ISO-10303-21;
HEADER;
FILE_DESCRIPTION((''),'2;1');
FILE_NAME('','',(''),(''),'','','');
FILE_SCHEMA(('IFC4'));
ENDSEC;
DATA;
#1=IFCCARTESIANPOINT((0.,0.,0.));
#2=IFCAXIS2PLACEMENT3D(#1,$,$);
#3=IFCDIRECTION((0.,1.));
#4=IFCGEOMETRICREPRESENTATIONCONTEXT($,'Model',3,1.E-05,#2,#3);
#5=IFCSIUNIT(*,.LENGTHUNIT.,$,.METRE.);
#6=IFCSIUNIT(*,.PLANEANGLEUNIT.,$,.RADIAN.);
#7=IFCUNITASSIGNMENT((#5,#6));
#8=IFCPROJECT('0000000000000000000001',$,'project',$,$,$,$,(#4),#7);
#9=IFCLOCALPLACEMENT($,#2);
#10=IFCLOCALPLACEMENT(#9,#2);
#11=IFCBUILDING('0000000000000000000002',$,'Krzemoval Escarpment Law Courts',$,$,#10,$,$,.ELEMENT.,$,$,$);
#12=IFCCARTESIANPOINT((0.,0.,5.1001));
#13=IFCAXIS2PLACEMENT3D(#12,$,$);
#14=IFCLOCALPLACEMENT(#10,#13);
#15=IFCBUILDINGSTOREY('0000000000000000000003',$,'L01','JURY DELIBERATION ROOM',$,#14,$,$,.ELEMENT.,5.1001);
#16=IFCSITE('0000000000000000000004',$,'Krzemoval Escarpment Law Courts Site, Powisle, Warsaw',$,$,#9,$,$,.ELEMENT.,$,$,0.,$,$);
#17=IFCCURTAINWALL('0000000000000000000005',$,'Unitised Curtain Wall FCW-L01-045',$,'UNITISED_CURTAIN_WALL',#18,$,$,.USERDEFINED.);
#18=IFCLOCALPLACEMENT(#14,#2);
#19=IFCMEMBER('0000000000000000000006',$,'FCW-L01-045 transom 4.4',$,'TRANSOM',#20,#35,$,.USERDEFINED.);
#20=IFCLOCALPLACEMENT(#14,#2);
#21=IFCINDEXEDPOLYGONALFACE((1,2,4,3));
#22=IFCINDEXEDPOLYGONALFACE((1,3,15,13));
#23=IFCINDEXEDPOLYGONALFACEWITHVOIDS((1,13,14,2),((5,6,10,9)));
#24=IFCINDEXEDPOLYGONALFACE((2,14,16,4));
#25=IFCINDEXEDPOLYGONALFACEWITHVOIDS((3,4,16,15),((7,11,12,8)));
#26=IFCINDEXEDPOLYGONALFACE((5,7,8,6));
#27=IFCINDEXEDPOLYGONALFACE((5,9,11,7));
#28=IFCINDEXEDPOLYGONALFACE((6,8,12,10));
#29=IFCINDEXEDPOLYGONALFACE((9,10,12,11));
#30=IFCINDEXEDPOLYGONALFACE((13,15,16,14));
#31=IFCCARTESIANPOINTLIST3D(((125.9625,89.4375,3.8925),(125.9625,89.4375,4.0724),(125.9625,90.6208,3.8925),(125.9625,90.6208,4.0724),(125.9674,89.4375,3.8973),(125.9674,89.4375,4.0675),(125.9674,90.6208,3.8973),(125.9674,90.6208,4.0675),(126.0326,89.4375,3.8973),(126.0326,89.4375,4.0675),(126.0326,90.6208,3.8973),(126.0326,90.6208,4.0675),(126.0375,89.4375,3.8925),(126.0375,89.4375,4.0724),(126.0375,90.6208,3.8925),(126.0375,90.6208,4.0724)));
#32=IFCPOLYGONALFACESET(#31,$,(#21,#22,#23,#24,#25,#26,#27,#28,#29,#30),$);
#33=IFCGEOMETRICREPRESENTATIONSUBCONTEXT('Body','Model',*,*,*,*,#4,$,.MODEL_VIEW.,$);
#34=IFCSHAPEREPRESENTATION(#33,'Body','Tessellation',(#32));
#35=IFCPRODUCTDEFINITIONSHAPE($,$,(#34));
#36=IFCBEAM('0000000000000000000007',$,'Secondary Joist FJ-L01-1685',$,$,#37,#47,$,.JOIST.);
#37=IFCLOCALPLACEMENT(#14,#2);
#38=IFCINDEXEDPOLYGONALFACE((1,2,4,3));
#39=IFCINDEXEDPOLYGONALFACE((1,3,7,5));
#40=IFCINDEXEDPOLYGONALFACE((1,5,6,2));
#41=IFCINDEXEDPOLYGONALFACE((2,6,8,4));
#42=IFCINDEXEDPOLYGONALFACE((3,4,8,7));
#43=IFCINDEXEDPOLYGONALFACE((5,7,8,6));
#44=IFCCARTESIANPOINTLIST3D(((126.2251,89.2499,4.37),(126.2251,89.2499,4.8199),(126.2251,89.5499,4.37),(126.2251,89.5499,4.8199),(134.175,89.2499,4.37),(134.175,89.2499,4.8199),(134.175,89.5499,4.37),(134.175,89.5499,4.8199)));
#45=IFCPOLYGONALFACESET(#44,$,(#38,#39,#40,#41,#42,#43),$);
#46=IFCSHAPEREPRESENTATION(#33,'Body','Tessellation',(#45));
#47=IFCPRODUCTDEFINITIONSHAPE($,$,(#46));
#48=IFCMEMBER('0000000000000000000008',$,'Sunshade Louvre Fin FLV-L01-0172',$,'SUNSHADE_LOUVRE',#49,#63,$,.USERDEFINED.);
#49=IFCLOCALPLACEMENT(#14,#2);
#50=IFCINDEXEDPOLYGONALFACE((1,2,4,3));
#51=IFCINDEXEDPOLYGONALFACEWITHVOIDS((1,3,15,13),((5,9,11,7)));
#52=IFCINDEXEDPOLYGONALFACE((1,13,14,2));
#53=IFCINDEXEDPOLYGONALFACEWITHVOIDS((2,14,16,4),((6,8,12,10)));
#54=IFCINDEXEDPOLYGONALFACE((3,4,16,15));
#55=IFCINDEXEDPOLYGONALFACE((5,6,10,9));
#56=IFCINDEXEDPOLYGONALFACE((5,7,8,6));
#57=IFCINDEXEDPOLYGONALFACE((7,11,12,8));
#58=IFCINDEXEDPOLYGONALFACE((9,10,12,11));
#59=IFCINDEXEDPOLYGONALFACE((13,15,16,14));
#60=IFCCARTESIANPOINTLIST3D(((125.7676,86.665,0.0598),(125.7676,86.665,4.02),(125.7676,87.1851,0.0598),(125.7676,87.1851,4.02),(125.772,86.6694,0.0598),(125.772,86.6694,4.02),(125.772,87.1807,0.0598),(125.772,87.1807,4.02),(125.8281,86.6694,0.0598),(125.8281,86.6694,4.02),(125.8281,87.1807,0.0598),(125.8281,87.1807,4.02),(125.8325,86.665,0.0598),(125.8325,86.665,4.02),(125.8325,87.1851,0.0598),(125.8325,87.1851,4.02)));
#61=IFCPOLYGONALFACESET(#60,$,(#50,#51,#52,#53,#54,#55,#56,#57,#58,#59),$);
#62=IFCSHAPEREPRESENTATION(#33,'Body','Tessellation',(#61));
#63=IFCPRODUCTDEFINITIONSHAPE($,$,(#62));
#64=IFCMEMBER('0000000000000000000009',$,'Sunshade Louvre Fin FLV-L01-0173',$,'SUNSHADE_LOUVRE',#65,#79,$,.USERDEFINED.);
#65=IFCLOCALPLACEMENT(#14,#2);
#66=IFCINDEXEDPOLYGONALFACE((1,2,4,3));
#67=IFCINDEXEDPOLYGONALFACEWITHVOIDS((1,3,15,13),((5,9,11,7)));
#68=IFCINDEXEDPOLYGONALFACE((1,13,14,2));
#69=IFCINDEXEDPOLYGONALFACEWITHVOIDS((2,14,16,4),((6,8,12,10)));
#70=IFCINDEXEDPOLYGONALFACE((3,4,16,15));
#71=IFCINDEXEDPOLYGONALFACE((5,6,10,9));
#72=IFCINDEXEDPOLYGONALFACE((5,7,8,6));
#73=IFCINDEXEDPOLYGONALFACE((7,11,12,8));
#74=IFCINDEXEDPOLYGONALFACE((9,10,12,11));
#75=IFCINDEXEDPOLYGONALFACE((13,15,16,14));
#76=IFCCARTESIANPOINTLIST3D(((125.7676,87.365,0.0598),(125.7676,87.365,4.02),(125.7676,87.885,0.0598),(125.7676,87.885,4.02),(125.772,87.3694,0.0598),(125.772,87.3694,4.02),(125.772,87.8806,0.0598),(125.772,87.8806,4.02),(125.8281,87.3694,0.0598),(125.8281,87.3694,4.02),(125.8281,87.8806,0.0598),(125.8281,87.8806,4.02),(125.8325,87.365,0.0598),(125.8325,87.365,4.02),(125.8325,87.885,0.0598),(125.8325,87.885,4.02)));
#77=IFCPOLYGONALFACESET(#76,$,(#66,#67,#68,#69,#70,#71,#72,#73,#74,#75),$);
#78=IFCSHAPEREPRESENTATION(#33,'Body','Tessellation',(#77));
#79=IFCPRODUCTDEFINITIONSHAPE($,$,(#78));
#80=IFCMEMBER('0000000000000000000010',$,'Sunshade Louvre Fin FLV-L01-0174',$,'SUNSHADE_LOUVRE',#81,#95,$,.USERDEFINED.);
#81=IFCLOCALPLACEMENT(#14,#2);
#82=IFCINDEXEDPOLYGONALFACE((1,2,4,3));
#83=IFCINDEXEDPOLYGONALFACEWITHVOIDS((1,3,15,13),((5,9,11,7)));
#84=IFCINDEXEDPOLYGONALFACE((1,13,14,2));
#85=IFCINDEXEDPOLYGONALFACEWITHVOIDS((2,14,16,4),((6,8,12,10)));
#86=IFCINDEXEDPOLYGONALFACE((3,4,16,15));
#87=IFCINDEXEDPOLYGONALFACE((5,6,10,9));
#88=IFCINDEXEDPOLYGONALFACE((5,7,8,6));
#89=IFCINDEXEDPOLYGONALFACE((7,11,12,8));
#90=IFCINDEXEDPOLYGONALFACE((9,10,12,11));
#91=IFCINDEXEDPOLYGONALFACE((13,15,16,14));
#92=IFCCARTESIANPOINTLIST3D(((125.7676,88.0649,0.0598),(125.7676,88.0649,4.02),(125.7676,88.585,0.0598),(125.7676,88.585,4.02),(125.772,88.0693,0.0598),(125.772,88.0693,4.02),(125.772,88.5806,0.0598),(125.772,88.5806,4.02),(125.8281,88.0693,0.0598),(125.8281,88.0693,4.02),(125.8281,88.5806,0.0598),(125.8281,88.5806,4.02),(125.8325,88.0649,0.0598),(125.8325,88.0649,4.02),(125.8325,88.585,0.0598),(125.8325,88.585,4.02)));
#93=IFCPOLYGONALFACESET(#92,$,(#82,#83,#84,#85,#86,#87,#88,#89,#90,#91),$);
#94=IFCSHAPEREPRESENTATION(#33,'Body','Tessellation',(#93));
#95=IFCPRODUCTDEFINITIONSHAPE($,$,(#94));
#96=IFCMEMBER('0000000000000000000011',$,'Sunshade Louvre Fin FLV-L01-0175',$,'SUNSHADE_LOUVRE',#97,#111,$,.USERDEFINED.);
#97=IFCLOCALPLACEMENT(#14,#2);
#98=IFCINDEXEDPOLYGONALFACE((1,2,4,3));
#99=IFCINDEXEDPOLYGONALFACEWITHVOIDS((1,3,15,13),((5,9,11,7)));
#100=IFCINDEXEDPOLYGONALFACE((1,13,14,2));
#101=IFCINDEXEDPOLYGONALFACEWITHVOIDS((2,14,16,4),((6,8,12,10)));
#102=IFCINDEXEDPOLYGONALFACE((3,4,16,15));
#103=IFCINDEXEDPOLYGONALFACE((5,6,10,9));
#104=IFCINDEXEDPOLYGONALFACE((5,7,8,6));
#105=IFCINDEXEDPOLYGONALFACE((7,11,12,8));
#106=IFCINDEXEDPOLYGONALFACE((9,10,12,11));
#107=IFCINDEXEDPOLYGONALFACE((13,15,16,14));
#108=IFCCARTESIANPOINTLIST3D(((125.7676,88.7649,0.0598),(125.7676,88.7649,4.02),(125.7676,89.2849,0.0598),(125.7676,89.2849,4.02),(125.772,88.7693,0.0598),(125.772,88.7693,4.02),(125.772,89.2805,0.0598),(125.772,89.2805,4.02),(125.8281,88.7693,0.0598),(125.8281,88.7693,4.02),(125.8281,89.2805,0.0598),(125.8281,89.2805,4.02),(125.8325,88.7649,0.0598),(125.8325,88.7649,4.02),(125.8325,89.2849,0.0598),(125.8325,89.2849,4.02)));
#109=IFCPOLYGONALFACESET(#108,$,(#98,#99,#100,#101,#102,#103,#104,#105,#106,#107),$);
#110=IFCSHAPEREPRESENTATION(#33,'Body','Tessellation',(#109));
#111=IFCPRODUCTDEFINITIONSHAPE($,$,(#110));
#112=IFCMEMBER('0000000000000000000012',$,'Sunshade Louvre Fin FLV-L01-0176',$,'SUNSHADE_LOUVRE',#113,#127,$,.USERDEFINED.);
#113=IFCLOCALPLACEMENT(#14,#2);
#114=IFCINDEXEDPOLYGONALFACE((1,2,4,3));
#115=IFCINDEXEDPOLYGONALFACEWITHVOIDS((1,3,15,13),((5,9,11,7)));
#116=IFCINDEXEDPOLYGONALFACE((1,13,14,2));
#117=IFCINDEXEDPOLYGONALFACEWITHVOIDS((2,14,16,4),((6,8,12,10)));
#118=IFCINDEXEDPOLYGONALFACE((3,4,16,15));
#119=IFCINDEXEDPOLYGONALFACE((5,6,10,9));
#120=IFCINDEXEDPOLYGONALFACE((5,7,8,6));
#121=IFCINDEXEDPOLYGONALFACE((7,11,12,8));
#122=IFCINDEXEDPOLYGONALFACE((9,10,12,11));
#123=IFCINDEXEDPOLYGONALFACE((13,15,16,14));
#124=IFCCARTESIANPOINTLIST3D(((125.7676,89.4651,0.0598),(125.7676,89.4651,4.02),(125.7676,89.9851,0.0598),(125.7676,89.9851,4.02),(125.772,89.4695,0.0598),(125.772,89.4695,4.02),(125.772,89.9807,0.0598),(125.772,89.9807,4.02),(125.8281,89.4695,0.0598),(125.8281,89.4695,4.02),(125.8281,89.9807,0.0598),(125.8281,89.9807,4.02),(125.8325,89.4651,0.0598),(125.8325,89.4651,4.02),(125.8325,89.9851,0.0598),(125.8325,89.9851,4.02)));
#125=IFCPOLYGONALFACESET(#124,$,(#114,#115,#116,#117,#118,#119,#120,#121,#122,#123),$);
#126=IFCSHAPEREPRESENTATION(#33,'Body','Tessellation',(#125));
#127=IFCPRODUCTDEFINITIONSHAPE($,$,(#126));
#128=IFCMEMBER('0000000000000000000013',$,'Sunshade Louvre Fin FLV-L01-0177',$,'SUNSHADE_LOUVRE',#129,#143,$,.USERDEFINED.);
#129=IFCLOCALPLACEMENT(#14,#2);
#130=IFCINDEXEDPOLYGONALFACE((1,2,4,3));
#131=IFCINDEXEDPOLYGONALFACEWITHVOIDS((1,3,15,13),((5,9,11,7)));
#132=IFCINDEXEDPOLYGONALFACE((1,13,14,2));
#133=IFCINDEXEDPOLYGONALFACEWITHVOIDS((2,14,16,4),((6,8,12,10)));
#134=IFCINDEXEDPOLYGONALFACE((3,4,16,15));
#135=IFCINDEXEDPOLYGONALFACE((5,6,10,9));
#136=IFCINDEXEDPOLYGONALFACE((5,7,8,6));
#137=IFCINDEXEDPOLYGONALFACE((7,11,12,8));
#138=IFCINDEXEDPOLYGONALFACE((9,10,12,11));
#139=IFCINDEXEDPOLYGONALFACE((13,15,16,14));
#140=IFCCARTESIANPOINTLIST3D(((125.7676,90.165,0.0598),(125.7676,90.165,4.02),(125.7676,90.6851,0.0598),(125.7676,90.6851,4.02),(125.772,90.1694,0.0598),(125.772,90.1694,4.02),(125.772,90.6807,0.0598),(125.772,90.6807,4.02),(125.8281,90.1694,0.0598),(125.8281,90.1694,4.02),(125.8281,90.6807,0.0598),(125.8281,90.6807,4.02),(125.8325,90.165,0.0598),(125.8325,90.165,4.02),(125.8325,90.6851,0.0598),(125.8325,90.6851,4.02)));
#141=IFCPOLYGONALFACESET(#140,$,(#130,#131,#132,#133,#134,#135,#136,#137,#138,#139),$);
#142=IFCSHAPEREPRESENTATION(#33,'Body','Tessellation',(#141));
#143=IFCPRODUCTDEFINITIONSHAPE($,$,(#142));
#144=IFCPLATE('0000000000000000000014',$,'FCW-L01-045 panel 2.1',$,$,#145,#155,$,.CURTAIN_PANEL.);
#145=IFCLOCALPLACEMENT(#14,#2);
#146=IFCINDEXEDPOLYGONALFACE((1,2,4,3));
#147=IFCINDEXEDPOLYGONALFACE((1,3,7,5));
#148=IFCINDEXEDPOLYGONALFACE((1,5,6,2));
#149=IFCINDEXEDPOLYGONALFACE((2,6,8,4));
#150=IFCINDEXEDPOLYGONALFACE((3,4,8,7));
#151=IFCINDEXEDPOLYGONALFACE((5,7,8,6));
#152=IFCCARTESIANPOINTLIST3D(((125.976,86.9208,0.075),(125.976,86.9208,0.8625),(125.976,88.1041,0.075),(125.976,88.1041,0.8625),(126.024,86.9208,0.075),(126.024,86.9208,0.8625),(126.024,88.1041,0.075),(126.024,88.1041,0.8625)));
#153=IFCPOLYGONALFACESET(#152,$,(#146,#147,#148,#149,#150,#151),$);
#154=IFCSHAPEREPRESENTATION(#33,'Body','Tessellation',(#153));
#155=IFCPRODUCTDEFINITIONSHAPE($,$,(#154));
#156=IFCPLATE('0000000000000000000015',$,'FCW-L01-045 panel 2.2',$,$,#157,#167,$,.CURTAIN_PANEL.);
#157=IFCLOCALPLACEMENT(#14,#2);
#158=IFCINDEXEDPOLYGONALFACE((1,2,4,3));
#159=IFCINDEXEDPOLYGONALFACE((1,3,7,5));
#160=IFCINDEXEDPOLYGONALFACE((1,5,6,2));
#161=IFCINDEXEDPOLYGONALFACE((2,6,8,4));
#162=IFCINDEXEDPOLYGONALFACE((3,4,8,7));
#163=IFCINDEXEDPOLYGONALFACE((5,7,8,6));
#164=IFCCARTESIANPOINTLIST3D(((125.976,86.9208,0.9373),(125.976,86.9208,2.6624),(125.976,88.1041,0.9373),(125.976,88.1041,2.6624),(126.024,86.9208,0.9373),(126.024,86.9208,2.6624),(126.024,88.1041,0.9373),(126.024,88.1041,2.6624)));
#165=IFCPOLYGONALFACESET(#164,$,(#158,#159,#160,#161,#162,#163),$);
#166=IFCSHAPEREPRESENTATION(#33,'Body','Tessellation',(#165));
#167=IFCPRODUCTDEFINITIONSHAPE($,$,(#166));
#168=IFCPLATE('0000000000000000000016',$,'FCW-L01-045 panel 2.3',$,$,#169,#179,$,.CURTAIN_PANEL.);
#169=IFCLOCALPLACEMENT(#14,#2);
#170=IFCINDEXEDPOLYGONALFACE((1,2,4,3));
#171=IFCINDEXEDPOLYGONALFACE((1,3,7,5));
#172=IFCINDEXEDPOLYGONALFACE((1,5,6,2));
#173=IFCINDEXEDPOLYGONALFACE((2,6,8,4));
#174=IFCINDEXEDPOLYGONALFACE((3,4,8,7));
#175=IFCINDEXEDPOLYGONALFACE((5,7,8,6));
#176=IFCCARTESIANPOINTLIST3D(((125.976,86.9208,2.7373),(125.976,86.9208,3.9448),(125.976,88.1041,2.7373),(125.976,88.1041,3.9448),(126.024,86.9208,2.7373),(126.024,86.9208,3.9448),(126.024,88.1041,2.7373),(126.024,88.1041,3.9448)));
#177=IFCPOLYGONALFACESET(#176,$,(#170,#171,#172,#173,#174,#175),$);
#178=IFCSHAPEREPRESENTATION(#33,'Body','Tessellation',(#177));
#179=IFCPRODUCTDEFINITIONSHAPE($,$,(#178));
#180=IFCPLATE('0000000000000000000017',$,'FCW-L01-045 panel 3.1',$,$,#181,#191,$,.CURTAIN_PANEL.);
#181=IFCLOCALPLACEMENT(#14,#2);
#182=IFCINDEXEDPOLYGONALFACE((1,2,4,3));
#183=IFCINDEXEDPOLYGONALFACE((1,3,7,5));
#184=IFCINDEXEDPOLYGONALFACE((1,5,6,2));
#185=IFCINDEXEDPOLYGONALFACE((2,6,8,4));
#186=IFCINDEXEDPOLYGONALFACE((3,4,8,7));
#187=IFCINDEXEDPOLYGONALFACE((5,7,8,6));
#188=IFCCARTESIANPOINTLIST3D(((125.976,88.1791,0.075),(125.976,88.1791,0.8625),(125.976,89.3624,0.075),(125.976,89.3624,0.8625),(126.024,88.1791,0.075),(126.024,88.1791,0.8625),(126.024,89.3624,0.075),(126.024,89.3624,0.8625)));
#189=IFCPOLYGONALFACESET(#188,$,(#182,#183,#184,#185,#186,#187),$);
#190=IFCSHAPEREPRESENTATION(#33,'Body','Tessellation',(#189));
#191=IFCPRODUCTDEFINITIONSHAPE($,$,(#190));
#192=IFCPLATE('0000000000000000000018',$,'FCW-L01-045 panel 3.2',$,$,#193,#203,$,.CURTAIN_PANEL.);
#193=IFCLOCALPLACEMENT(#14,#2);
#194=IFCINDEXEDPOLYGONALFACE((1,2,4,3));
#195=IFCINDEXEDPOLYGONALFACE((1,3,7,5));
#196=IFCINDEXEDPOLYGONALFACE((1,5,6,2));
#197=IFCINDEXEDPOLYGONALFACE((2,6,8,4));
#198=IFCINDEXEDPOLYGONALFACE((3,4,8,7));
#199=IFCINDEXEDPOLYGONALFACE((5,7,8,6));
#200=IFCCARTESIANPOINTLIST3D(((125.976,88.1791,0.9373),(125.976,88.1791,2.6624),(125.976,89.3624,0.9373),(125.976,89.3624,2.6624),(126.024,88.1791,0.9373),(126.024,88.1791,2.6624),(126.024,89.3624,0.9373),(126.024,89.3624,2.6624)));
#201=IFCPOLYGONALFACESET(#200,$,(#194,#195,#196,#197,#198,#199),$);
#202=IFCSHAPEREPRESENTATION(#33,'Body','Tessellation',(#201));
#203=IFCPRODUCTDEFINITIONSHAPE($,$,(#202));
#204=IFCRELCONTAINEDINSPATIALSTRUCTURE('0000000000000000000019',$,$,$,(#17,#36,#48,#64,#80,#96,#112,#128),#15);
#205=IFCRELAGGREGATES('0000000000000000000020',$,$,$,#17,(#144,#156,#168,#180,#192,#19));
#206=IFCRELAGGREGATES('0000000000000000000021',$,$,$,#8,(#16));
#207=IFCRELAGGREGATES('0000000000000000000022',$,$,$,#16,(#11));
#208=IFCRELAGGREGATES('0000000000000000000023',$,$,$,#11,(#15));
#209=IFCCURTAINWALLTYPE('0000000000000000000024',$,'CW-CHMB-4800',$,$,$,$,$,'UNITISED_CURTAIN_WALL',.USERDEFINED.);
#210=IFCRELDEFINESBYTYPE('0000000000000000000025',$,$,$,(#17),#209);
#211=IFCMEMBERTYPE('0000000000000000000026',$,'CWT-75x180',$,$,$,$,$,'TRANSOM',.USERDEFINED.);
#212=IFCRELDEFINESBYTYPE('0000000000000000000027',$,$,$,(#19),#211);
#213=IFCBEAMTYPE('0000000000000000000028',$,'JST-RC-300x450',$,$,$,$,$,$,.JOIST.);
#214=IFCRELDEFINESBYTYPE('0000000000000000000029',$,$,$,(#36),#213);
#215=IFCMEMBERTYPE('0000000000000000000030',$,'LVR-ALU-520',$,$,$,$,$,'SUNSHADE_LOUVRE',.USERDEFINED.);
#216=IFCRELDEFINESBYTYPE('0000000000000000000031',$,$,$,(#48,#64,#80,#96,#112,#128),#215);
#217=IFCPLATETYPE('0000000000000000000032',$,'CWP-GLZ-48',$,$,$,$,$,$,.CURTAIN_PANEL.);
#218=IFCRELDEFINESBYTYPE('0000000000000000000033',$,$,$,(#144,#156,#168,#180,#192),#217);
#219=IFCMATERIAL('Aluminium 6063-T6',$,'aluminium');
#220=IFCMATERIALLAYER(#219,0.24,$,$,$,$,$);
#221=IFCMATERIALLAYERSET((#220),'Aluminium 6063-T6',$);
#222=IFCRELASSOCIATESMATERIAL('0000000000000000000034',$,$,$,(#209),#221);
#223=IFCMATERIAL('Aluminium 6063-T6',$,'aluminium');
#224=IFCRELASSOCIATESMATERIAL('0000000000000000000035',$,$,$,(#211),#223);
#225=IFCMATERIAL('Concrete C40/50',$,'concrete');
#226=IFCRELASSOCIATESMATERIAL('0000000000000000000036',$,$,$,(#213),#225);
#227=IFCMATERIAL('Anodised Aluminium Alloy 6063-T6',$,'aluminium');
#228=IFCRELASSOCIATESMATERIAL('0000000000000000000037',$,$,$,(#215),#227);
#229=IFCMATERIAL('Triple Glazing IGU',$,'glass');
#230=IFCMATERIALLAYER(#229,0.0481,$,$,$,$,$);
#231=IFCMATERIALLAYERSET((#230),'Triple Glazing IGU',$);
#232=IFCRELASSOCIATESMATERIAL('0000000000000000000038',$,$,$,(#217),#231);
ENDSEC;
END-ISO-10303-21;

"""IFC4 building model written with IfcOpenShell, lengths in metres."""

from ifc_helpers import new_model, si_unit, direction, frame, origin, origin_2d, place, context, subcontext, project, spatial, rectangle, hollow_rectangle, extrude, material, layer, layer_set, material_profile, profile_set, type_object, element, aggregate, save


model = new_model("IFC4")

# Units and contexts
model_context = context("Model", 3, precision=1e-05, world=origin(), true_north=direction((0.0, 1.0)))
body_context = subcontext(model_context, "Body", "Model", "MODEL_VIEW")
ifc_project = project(units=[si_unit("LENGTHUNIT", "METRE"), si_unit("PLANEANGLEUNIT", "RADIAN")], contexts=[model_context])

# Site, building, storey
site_placement = place(None, origin())
site = spatial("IfcSite", under=ifc_project, at=site_placement, Name="Krzemoval Escarpment Law Courts Site, Powisle, Warsaw", CompositionType="ELEMENT", RefElevation=0.0)
building_placement = place(site_placement, origin())
building = spatial("IfcBuilding", under=site, at=building_placement, Name="Krzemoval Escarpment Law Courts", CompositionType="ELEMENT")
storey_placement = place(building_placement, frame((0.0, 0.0, 5.1001)))
storey = spatial("IfcBuildingStorey", under=building, at=storey_placement, Name="L01", Description="JURY DELIBERATION ROOM", CompositionType="ELEMENT", Elevation=5.1001)

# Curtain wall, member
ifc_material_1 = material(Name="Aluminium 6063-T6", Category="aluminium")
ifc_layer_1 = layer(ifc_material_1, 0.24)
ifc_layer_set_1 = layer_set([ifc_layer_1], Name="Aluminium 6063-T6")
curtain_wall_type = type_object("IfcCurtainWallType", Name="CW-CHMB-4800", ElementType="UNITISED_CURTAIN_WALL", PredefinedType="USERDEFINED", material=ifc_layer_set_1)
curtain_wall_placement = place(storey_placement, origin())
curtain_wall = element("IfcCurtainWall", 1, at=curtain_wall_placement, inside=storey, type_object=curtain_wall_type, Name="Unitised Curtain Wall FCW-L01-045", ObjectType="UNITISED_CURTAIN_WALL", PredefinedType="USERDEFINED")
ifc_material_2 = material(Name="Aluminium 6063-T6", Category="aluminium")
ifc_material_profile_1 = material_profile(ifc_material_2, hollow_rectangle(XDim=0.075, YDim=0.1799, WallThickness=0.0049, at=origin_2d()), Name="ALU T75x180")
ifc_profile_set_1 = profile_set([ifc_material_profile_1], Name="Aluminium 6063-T6")
member_type_1 = type_object("IfcMemberType", Name="CWT-75x180", ElementType="TRANSOM", PredefinedType="USERDEFINED", material=ifc_profile_set_1)
member_1_placement = place(storey_placement, frame((126.0, 89.4375, 3.9824), z_axis=(0.0, 1.0, 0.0), x_axis=(-1.0, 0.0, 0.0)))
member_1 = element("IfcMember", 2, at=member_1_placement, type_object=member_type_1, Name="FCW-L01-045 transom 4.4", ObjectType="TRANSOM", PredefinedType="USERDEFINED", context=body_context, shape_type="SweptSolid", body=[
    extrude(hollow_rectangle(XDim=0.075, YDim=0.1799, WallThickness=0.0049, at=origin_2d()), origin(), (0.0, 0.0, 1.0), 1.1833),
])

# Beam
ifc_material_3 = material(Name="Concrete C40/50", Category="concrete")
ifc_material_profile_2 = material_profile(ifc_material_3, rectangle(XDim=0.3, YDim=0.45, at=origin_2d()), Name="RCB 300x450")
ifc_profile_set_2 = profile_set([ifc_material_profile_2], Name="Concrete C40/50")
beam_type = type_object("IfcBeamType", Name="JST-RC-300x450", PredefinedType="JOIST", material=ifc_profile_set_2)
beam_placement = place(storey_placement, frame((126.2251, 89.3999, 4.595), z_axis=(1.0, 0.0, 0.0), x_axis=(0.0, 1.0, 0.0)))
element("IfcBeam", 3, at=beam_placement, inside=storey, type_object=beam_type, Name="Secondary Joist FJ-L01-1685", PredefinedType="JOIST", context=body_context, shape_type="SweptSolid", body=[
    extrude(rectangle(XDim=0.3, YDim=0.45, at=origin_2d()), origin(), (0.0, 0.0, 1.0), 7.95),
])

# Members
ifc_material_4 = material(Name="Anodised Aluminium Alloy 6063-T6", Category="aluminium")
ifc_material_profile_3 = material_profile(ifc_material_4, hollow_rectangle(XDim=0.0649, YDim=0.52, WallThickness=0.0044, at=origin_2d()), Name="ALU LVR 65x520")
ifc_profile_set_3 = profile_set([ifc_material_profile_3], Name="Anodised Aluminium Alloy 6063-T6")
member_type_2 = type_object("IfcMemberType", Name="LVR-ALU-520", ElementType="SUNSHADE_LOUVRE", PredefinedType="USERDEFINED", material=ifc_profile_set_3)
for number, where, z_axis, x_axis, name in (
    (4, (125.8, 86.925, 0.0598), (0.0, 0.0, 1.0), (1.0, 0.0, 0.0), "Sunshade Louvre Fin FLV-L01-0172"),
    (5, (125.8, 87.625, 0.0598), (0.0, 0.0, 1.0), (1.0, 0.0, 0.0), "Sunshade Louvre Fin FLV-L01-0173"),
    (6, (125.8, 88.325, 0.0598), (0.0, 0.0, 1.0), (1.0, 0.0, 0.0), "Sunshade Louvre Fin FLV-L01-0174"),
    (7, (125.8, 89.0249, 0.0598), (0.0, 0.0, 1.0), (1.0, 0.0, 0.0), "Sunshade Louvre Fin FLV-L01-0175"),
    (8, (125.8, 89.7251, 0.0598), (0.0, 0.0, 1.0), (1.0, 0.0, 0.0), "Sunshade Louvre Fin FLV-L01-0176"),
    (9, (125.8, 90.425, 0.0598), (0.0, 0.0, 1.0), (1.0, 0.0, 0.0), "Sunshade Louvre Fin FLV-L01-0177"),
):
    element("IfcMember", number, at=place(storey_placement, frame(where, z_axis=z_axis, x_axis=x_axis)), inside=storey, type_object=member_type_2, Name=name, ObjectType="SUNSHADE_LOUVRE", PredefinedType="USERDEFINED", context=body_context, shape_type="SweptSolid", body=[
        extrude(hollow_rectangle(XDim=0.0649, YDim=0.52, WallThickness=0.0044, at=origin_2d()), origin(), (0.0, 0.0, 1.0), 3.9602),
    ])

# Plates
ifc_material_5 = material(Name="Triple Glazing IGU", Category="glass")
ifc_layer_2 = layer(ifc_material_5, 0.0481)
ifc_layer_set_2 = layer_set([ifc_layer_2], Name="Triple Glazing IGU")
plate_type = type_object("IfcPlateType", Name="CWP-GLZ-48", PredefinedType="CURTAIN_PANEL", material=ifc_layer_set_2)
plate_1_placement = place(storey_placement, frame((126.0, 87.5125, 0.075), z_axis=(0.0, 0.0, 1.0), x_axis=(0.0, 1.0, 0.0)))
plate_1 = element("IfcPlate", 10, at=plate_1_placement, type_object=plate_type, Name="FCW-L01-045 panel 2.1", PredefinedType="CURTAIN_PANEL", context=body_context, shape_type="SweptSolid", body=[
    extrude(rectangle(XDim=1.1833, YDim=0.0481, at=origin_2d()), origin(), (0.0, 0.0, 1.0), 0.7876),
])
plate_2_placement = place(storey_placement, frame((126.0, 87.5125, 0.9373), z_axis=(0.0, 0.0, 1.0), x_axis=(0.0, 1.0, 0.0)))
plate_2 = element("IfcPlate", 11, at=plate_2_placement, type_object=plate_type, Name="FCW-L01-045 panel 2.2", PredefinedType="CURTAIN_PANEL", context=body_context, shape_type="SweptSolid", body=[
    extrude(rectangle(XDim=1.1833, YDim=0.0481, at=origin_2d()), origin(), (0.0, 0.0, 1.0), 1.7251),
])
plate_3_placement = place(storey_placement, frame((126.0, 87.5125, 2.7373), z_axis=(0.0, 0.0, 1.0), x_axis=(0.0, 1.0, 0.0)))
plate_3 = element("IfcPlate", 12, at=plate_3_placement, type_object=plate_type, Name="FCW-L01-045 panel 2.3", PredefinedType="CURTAIN_PANEL", context=body_context, shape_type="SweptSolid", body=[
    extrude(rectangle(XDim=1.1833, YDim=0.0481, at=origin_2d()), origin(), (0.0, 0.0, 1.0), 1.2075),
])
plate_4_placement = place(storey_placement, frame((126.0, 88.7708, 0.075), z_axis=(0.0, 0.0, 1.0), x_axis=(0.0, 1.0, 0.0)))
plate_4 = element("IfcPlate", 13, at=plate_4_placement, type_object=plate_type, Name="FCW-L01-045 panel 3.1", PredefinedType="CURTAIN_PANEL", context=body_context, shape_type="SweptSolid", body=[
    extrude(rectangle(XDim=1.1833, YDim=0.0481, at=origin_2d()), origin(), (0.0, 0.0, 1.0), 0.7876),
])
plate_5_placement = place(storey_placement, frame((126.0, 88.7708, 0.9373), z_axis=(0.0, 0.0, 1.0), x_axis=(0.0, 1.0, 0.0)))
plate_5 = element("IfcPlate", 14, at=plate_5_placement, type_object=plate_type, Name="FCW-L01-045 panel 3.2", PredefinedType="CURTAIN_PANEL", context=body_context, shape_type="SweptSolid", body=[
    extrude(rectangle(XDim=1.1833, YDim=0.0481, at=origin_2d()), origin(), (0.0, 0.0, 1.0), 1.7251),
])
aggregate(curtain_wall, [plate_1, plate_2, plate_3, plate_4, plate_5, member_1])

save(model, "model.ifc")
